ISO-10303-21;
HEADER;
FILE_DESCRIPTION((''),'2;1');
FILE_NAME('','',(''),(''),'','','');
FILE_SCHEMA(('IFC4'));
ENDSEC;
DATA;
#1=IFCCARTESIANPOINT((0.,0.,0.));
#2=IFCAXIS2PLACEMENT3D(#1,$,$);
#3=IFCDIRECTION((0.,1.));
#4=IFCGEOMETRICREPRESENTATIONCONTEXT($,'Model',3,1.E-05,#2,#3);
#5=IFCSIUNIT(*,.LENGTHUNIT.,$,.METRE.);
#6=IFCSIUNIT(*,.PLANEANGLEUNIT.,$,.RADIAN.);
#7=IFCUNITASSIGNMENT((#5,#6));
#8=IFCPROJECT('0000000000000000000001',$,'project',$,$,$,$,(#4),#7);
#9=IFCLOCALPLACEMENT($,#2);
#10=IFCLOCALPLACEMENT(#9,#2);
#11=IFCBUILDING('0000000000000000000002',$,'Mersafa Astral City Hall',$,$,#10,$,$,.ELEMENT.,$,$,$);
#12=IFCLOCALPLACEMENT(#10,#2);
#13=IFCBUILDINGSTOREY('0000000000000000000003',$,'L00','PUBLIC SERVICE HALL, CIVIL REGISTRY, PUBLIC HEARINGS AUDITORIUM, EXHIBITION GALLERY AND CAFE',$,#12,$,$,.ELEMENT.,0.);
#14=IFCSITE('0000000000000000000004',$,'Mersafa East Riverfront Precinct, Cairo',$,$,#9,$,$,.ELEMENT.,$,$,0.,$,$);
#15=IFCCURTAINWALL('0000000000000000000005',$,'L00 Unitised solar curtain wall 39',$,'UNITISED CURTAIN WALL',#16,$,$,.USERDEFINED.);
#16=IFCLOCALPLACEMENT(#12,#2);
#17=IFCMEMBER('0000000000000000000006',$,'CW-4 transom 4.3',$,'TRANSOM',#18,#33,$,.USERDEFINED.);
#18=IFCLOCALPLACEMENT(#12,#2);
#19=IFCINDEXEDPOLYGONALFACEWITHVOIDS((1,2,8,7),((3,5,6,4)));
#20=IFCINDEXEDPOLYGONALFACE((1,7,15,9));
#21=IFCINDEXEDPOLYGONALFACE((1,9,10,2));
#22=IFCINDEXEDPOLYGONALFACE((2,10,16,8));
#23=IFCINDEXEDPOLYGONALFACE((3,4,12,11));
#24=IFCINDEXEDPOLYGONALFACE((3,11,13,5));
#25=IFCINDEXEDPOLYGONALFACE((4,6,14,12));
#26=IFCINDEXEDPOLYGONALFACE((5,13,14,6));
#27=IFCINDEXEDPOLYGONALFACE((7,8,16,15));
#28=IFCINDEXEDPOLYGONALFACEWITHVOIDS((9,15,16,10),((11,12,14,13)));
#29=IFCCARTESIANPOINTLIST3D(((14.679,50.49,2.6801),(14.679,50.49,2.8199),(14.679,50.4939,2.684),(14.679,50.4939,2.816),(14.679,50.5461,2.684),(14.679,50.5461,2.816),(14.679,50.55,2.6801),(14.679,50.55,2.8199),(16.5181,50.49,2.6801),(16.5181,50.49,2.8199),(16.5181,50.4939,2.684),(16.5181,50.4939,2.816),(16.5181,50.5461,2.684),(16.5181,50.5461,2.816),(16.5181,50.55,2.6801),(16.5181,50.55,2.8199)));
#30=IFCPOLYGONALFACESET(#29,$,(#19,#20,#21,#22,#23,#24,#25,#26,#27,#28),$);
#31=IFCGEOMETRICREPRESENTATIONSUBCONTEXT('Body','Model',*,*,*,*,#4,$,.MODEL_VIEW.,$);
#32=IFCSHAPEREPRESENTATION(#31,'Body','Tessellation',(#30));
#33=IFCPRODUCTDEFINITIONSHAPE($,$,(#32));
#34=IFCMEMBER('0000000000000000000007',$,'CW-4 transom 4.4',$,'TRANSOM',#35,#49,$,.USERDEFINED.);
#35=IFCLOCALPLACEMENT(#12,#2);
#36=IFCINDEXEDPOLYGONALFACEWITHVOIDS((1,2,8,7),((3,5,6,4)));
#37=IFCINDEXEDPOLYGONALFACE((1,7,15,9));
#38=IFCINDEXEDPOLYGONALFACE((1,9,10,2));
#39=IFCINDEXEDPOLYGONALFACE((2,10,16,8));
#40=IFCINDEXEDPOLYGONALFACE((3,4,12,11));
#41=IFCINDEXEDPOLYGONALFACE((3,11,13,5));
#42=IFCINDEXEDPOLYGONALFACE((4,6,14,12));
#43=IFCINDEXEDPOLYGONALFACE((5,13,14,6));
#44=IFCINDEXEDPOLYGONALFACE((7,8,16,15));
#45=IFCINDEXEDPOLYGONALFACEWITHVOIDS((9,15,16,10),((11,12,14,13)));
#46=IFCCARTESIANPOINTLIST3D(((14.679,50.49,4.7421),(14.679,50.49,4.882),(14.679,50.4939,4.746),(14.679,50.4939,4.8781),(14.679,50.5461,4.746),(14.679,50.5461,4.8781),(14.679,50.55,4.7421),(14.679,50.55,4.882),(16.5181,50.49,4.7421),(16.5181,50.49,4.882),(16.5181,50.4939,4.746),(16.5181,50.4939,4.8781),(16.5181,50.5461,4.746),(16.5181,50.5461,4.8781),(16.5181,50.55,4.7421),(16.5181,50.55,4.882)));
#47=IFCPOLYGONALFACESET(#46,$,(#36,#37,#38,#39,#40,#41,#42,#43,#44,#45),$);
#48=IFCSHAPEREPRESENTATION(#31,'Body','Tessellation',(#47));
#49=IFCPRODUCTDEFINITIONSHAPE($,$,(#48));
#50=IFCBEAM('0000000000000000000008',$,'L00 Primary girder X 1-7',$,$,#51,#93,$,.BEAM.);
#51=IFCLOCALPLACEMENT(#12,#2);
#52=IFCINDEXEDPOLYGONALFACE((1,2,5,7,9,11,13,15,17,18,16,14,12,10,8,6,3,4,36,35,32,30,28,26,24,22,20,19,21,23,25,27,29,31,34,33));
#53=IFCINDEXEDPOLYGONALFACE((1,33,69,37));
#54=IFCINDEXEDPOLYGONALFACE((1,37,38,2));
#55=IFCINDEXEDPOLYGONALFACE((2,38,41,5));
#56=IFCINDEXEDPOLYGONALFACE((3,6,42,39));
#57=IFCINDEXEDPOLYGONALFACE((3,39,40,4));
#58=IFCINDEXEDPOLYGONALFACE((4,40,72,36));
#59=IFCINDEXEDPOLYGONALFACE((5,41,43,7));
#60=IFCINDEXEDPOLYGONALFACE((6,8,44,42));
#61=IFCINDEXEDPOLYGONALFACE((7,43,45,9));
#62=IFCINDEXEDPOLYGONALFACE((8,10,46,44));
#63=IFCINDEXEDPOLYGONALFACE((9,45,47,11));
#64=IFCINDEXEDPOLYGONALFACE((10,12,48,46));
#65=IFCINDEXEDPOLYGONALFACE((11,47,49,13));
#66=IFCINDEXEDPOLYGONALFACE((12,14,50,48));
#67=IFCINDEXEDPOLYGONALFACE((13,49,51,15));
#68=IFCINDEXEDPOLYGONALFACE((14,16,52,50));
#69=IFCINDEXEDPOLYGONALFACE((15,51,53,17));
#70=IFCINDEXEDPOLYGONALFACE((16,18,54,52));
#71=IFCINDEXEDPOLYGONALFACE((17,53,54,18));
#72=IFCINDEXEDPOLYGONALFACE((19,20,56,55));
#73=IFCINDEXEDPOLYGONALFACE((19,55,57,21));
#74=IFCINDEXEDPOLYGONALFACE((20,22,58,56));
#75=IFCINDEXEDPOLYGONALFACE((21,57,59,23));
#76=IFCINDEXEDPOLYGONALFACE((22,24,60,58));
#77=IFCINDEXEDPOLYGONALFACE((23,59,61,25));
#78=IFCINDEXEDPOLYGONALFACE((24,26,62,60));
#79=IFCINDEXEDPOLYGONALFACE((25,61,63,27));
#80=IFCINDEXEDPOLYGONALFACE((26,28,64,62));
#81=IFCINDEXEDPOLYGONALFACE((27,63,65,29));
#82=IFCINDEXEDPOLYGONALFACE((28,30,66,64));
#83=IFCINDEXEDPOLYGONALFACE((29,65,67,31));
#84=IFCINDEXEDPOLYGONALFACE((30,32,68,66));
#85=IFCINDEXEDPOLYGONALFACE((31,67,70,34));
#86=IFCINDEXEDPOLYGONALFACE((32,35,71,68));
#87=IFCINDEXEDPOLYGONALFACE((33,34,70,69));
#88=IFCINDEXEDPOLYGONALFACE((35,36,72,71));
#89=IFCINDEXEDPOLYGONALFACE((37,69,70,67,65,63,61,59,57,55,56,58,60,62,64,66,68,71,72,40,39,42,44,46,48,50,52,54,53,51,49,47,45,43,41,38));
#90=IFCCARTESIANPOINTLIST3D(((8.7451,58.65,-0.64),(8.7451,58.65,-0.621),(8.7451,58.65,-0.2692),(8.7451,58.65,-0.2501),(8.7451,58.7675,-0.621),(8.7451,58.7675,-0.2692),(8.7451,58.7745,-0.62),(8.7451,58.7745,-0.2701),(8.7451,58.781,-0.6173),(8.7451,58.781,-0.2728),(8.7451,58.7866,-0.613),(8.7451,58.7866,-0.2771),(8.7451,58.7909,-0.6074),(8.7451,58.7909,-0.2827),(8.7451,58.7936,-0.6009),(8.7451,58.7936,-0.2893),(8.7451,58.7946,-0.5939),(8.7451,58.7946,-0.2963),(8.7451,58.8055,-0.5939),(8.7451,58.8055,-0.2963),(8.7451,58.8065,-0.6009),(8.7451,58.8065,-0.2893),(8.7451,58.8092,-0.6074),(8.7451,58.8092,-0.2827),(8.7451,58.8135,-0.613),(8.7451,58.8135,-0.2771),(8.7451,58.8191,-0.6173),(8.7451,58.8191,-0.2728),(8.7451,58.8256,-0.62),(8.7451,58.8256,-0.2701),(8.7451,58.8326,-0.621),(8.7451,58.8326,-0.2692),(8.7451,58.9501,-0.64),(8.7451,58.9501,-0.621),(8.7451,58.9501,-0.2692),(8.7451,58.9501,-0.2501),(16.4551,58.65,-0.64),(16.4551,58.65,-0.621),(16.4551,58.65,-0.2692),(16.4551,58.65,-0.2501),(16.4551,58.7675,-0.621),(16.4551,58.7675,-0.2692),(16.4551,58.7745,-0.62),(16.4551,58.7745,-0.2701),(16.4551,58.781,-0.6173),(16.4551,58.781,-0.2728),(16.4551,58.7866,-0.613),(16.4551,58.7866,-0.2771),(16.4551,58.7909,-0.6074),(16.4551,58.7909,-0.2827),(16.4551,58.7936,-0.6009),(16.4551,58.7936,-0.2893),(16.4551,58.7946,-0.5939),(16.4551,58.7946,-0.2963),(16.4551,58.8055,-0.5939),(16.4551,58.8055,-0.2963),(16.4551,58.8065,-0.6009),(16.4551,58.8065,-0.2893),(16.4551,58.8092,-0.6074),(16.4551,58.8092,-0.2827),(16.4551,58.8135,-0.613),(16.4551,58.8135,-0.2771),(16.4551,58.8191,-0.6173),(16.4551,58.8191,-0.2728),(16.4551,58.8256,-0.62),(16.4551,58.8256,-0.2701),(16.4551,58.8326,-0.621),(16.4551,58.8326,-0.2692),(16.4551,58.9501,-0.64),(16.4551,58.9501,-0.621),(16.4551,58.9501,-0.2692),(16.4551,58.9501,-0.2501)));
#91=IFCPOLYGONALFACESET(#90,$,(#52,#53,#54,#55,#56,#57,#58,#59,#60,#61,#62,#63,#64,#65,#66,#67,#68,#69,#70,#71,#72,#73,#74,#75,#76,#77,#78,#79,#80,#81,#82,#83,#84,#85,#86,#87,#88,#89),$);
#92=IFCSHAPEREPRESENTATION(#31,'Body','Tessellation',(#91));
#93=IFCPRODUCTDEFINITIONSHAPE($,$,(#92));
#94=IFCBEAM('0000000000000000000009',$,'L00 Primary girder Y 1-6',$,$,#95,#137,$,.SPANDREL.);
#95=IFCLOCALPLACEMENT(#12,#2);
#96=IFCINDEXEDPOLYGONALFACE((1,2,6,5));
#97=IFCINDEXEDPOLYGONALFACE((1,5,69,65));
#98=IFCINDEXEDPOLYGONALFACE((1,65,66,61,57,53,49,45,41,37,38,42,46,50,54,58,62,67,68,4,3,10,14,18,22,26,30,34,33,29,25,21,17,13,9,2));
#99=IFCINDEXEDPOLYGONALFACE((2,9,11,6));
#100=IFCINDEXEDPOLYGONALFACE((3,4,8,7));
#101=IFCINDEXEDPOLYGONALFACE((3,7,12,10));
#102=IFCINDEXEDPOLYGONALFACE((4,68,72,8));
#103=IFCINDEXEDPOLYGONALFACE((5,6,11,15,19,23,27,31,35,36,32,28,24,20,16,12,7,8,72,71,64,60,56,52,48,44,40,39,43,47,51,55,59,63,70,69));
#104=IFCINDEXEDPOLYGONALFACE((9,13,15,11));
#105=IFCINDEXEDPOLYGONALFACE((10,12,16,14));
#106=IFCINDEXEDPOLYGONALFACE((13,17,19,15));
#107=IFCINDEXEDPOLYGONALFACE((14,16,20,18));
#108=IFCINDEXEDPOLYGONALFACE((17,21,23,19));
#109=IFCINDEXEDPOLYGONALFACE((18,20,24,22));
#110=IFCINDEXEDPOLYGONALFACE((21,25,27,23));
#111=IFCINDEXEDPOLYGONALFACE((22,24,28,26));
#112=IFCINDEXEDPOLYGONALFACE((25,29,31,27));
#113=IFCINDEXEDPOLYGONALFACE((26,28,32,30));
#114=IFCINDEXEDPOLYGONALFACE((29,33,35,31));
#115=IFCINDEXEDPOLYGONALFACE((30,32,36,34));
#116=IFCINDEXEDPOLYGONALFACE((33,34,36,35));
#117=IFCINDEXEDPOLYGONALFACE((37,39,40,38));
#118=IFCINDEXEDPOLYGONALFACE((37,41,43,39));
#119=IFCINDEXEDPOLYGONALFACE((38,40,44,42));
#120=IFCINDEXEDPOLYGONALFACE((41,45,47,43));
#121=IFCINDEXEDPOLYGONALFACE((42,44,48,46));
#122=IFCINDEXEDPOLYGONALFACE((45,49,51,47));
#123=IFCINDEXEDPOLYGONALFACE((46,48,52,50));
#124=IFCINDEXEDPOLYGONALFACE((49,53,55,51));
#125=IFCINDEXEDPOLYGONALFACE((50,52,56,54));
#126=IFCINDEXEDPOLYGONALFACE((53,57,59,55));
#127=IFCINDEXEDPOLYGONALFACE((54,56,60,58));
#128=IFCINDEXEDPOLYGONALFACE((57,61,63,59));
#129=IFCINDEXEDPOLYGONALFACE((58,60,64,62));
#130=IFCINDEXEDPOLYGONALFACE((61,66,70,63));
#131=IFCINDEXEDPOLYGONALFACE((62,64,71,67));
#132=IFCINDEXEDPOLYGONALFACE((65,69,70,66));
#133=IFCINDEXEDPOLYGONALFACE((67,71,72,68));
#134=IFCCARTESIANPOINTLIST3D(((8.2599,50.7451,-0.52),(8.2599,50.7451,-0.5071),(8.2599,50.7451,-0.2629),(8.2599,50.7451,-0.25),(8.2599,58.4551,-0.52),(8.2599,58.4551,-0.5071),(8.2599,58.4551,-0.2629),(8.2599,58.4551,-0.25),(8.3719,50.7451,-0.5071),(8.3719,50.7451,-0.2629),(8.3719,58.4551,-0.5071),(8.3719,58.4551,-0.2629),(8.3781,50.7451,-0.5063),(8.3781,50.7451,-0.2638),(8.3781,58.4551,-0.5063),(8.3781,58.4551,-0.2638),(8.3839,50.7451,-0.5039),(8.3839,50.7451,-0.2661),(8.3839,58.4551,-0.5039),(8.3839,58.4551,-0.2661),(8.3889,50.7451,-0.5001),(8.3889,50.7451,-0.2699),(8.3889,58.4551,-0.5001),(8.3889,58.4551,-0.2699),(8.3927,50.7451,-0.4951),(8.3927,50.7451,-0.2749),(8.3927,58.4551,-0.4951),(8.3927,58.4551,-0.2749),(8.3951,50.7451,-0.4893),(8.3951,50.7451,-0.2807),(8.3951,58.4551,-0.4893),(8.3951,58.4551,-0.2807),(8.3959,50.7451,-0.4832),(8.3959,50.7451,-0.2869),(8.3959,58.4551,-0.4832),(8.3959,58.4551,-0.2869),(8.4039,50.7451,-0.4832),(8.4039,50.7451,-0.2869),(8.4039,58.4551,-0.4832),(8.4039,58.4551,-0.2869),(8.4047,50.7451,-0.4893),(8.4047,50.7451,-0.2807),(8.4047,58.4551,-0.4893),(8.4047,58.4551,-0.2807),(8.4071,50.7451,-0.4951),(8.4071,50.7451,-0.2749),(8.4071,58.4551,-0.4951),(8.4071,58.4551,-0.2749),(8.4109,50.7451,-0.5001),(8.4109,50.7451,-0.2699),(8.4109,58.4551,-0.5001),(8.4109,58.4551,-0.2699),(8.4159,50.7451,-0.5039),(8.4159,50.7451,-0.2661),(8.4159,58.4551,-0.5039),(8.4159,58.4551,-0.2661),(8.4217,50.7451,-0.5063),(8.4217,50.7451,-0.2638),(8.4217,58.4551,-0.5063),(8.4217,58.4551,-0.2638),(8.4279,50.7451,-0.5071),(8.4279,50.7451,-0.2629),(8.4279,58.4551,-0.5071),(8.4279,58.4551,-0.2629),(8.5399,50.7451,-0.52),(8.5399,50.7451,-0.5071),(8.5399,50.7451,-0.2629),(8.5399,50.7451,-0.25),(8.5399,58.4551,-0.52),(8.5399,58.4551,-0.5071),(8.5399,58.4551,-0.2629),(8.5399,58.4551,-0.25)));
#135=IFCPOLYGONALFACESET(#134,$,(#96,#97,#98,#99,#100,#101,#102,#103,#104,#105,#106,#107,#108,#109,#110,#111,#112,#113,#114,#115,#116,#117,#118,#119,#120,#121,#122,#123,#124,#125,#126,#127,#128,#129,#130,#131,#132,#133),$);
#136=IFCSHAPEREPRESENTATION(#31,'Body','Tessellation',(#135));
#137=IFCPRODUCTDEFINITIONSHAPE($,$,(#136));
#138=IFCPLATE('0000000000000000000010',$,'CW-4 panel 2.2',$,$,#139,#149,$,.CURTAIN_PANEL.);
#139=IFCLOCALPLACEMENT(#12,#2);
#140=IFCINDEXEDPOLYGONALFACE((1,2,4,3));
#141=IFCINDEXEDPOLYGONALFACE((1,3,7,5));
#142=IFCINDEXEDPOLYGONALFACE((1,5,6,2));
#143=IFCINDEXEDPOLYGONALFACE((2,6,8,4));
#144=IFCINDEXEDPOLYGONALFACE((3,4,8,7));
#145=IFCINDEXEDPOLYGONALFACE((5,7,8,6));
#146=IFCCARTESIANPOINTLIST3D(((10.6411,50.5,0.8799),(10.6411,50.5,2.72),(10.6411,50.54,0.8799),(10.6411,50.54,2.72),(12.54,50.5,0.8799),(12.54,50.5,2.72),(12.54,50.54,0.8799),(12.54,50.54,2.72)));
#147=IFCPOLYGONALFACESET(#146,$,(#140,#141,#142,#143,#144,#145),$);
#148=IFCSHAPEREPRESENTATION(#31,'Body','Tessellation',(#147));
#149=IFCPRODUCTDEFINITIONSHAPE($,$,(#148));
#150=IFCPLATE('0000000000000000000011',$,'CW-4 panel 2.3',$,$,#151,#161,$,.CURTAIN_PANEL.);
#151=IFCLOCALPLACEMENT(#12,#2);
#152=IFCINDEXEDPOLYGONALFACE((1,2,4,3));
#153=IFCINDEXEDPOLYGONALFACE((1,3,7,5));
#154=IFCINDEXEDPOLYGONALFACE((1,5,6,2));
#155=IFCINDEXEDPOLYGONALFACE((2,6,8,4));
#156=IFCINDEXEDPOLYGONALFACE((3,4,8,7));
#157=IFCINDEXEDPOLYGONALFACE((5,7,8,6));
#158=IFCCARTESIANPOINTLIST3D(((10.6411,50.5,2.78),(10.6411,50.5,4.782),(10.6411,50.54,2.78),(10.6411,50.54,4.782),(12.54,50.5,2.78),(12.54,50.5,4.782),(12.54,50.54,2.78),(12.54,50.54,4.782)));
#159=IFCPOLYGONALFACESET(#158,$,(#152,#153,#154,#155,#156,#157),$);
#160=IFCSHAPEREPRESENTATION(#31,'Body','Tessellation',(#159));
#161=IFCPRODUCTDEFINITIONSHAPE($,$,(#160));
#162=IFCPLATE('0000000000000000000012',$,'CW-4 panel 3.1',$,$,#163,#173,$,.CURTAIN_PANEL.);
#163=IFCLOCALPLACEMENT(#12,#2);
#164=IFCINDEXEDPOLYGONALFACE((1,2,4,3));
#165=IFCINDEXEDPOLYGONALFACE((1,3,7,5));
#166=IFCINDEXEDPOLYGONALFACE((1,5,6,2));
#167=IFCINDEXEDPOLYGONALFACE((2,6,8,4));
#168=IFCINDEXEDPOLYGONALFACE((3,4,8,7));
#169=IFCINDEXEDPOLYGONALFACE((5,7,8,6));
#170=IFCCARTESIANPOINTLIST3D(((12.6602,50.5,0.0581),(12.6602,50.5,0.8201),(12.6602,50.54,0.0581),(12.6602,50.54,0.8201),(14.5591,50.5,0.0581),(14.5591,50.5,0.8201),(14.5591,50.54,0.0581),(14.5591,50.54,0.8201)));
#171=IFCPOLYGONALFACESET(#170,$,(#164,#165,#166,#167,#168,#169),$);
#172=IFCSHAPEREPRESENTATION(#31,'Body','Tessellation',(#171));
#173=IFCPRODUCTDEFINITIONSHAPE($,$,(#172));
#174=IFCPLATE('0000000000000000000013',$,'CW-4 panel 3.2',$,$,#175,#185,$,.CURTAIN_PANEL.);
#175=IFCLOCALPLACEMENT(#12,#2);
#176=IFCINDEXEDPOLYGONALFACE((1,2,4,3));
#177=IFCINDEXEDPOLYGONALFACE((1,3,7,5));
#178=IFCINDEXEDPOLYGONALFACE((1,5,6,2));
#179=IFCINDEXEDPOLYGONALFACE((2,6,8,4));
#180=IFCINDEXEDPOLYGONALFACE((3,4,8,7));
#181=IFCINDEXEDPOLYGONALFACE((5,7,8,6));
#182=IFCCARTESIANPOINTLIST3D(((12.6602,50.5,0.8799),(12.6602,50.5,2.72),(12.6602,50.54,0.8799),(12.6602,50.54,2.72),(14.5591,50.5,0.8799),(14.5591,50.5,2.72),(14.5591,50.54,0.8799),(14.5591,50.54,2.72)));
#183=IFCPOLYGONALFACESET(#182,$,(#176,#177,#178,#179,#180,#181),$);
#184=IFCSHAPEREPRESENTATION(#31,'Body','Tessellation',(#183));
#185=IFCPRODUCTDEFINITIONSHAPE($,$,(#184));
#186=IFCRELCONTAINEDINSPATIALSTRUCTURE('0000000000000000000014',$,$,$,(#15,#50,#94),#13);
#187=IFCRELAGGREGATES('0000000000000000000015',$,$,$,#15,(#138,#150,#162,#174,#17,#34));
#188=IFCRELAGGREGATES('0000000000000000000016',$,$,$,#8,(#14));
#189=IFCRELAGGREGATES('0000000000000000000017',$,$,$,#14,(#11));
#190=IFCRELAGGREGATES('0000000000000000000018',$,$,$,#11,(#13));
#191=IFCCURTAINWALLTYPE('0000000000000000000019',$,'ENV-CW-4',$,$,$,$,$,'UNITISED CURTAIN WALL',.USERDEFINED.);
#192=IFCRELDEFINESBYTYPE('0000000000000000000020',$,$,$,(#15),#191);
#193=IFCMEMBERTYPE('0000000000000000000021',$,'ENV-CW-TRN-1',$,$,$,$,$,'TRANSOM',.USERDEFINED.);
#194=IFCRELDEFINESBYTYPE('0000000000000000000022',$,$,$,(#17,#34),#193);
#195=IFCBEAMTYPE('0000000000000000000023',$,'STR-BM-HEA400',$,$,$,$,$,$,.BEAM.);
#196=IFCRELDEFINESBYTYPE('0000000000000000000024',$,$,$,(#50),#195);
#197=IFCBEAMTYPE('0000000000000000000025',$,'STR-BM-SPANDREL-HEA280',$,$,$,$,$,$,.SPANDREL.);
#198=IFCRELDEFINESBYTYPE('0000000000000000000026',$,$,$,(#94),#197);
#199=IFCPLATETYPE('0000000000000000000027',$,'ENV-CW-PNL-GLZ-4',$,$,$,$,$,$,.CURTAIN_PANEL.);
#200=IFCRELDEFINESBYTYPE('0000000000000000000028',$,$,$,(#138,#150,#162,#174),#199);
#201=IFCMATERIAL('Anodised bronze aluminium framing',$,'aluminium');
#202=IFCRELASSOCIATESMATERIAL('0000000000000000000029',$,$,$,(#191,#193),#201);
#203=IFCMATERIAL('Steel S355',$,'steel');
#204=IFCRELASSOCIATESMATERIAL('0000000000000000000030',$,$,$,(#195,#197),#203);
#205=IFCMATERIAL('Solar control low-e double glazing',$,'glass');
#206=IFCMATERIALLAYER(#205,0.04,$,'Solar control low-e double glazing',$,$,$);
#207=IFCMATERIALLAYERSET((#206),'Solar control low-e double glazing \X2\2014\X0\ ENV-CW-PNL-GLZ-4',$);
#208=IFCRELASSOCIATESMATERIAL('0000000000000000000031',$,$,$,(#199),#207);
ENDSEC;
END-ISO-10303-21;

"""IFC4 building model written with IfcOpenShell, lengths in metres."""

from ifc_helpers import new_model, si_unit, direction, frame, origin, origin_2d, place, context, subcontext, project, spatial, rectangle, hollow_rectangle, i_section, extrude, material, layer, layer_set, material_profile, profile_set, type_object, element, aggregate, save


model = new_model("IFC4")

# Units and contexts
model_context = context("Model", 3, precision=1e-05, world=origin(), true_north=direction((0.0, 1.0)))
body_context = subcontext(model_context, "Body", "Model", "MODEL_VIEW")
ifc_project = project(units=[si_unit("LENGTHUNIT", "METRE"), si_unit("PLANEANGLEUNIT", "RADIAN")], contexts=[model_context])

# Site, building, storey
site_placement = place(None, origin())
site = spatial("IfcSite", under=ifc_project, at=site_placement, Name="Mersafa East Riverfront Precinct, Cairo", CompositionType="ELEMENT", RefElevation=0.0)
building_placement = place(site_placement, origin())
building = spatial("IfcBuilding", under=site, at=building_placement, Name="Mersafa Astral City Hall", CompositionType="ELEMENT")
storey_placement = place(building_placement, origin())
storey = spatial("IfcBuildingStorey", under=building, at=storey_placement, Name="L00", Description="PUBLIC SERVICE HALL, CIVIL REGISTRY, PUBLIC HEARINGS AUDITORIUM, EXHIBITION GALLERY AND CAFE", CompositionType="ELEMENT", Elevation=0.0)

# Shared definitions
ifc_material_1 = material(Name="Steel S355", Category="steel")

# Curtain wall, members
ifc_material_2 = material(Name="Anodised bronze aluminium framing", Category="aluminium")
curtain_wall_type = type_object("IfcCurtainWallType", Name="ENV-CW-4", ElementType="UNITISED CURTAIN WALL", PredefinedType="USERDEFINED", material=ifc_material_2)
curtain_wall_placement = place(storey_placement, origin())
curtain_wall = element("IfcCurtainWall", 1, at=curtain_wall_placement, inside=storey, type_object=curtain_wall_type, Name="L00 Unitised solar curtain wall 39", ObjectType="UNITISED CURTAIN WALL", PredefinedType="USERDEFINED")
ifc_material_profile_1 = material_profile(ifc_material_2, hollow_rectangle(XDim=0.0601, YDim=0.1399, WallThickness=0.0039, at=origin_2d()), Name="RHS 60x140x4")
ifc_profile_set_1 = profile_set([ifc_material_profile_1], Name="Anodised bronze aluminium framing")
member_type_1 = type_object("IfcMemberType", Name="ENV-CW-TRN-1", ElementType="TRANSOM", PredefinedType="USERDEFINED", material=ifc_profile_set_1)
member_1_placement = place(storey_placement, frame((14.679, 50.52, 2.75), z_axis=(1.0, 0.0, 0.0), x_axis=(0.0, 1.0, 0.0)))
member_1 = element("IfcMember", 2, at=member_1_placement, type_object=member_type_1, Name="CW-4 transom 4.3", ObjectType="TRANSOM", PredefinedType="USERDEFINED", context=body_context, shape_type="SweptSolid", body=[
    extrude(hollow_rectangle(XDim=0.0601, YDim=0.1399, WallThickness=0.0039, at=origin_2d()), origin(), (0.0, 0.0, 1.0), 1.8391),
])
member_2_placement = place(storey_placement, frame((14.679, 50.52, 4.812), z_axis=(1.0, 0.0, 0.0), x_axis=(0.0, 1.0, 0.0)))
member_2 = element("IfcMember", 3, at=member_2_placement, type_object=member_type_1, Name="CW-4 transom 4.4", ObjectType="TRANSOM", PredefinedType="USERDEFINED", context=body_context, shape_type="SweptSolid", body=[
    extrude(hollow_rectangle(XDim=0.0601, YDim=0.1399, WallThickness=0.0039, at=origin_2d()), origin(), (0.0, 0.0, 1.0), 1.8391),
])

# Beams
ifc_material_profile_2 = material_profile(ifc_material_1, i_section(OverallWidth=0.3, OverallDepth=0.3899, WebThickness=0.011, FlangeThickness=0.019, FilletRadius=0.0271, at=origin_2d()), Name="HEA 400")
ifc_profile_set_2 = profile_set([ifc_material_profile_2], Name="Steel S355")
beam_type_1 = type_object("IfcBeamType", Name="STR-BM-HEA400", PredefinedType="BEAM", material=ifc_profile_set_2)
beam_1_placement = place(storey_placement, frame((8.7451, 58.8, -0.4451), z_axis=(1.0, 0.0, 0.0), x_axis=(0.0, 1.0, 0.0)))
element("IfcBeam", 4, at=beam_1_placement, inside=storey, type_object=beam_type_1, Name="L00 Primary girder X 1-7", PredefinedType="BEAM", context=body_context, shape_type="SweptSolid", body=[
    extrude(i_section(OverallWidth=0.3, OverallDepth=0.3899, WebThickness=0.011, FlangeThickness=0.019, FilletRadius=0.0271, at=origin_2d()), origin(), (0.0, 0.0, 1.0), 7.71),
])
ifc_material_profile_3 = material_profile(ifc_material_1, i_section(OverallWidth=0.28, OverallDepth=0.27, WebThickness=0.0081, FlangeThickness=0.0129, FilletRadius=0.0239, at=origin_2d()), Name="HEA 280")
ifc_profile_set_3 = profile_set([ifc_material_profile_3], Name="Steel S355")
beam_type_2 = type_object("IfcBeamType", Name="STR-BM-SPANDREL-HEA280", PredefinedType="SPANDREL", material=ifc_profile_set_3)
beam_2_placement = place(storey_placement, frame((8.3999, 50.7451, -0.385), z_axis=(0.0, 1.0, 0.0), x_axis=(-1.0, 0.0, 0.0)))
element("IfcBeam", 5, at=beam_2_placement, inside=storey, type_object=beam_type_2, Name="L00 Primary girder Y 1-6", PredefinedType="SPANDREL", context=body_context, shape_type="SweptSolid", body=[
    extrude(i_section(OverallWidth=0.28, OverallDepth=0.27, WebThickness=0.0081, FlangeThickness=0.0129, FilletRadius=0.0239, at=origin_2d()), origin(), (0.0, 0.0, 1.0), 7.71),
])

# Plates
ifc_material_3 = material(Name="Solar control low-e double glazing", Category="glass")
ifc_layer_1 = layer(ifc_material_3, 0.04, Name="Solar control low-e double glazing")
ifc_layer_set_1 = layer_set([ifc_layer_1], Name="Solar control low-e double glazing — ENV-CW-PNL-GLZ-4")
plate_type = type_object("IfcPlateType", Name="ENV-CW-PNL-GLZ-4", PredefinedType="CURTAIN_PANEL", material=ifc_layer_set_1)
plate_1_placement = place(storey_placement, frame((11.5906, 50.52, 0.8799), z_axis=(0.0, 0.0, 1.0), x_axis=(1.0, 0.0, 0.0)))
plate_1 = element("IfcPlate", 6, at=plate_1_placement, type_object=plate_type, Name="CW-4 panel 2.2", PredefinedType="CURTAIN_PANEL", context=body_context, shape_type="SweptSolid", body=[
    extrude(rectangle(XDim=1.8989, YDim=0.04, at=origin_2d()), origin(), (0.0, 0.0, 1.0), 1.8401),
])
plate_2_placement = place(storey_placement, frame((11.5906, 50.52, 2.78), z_axis=(0.0, 0.0, 1.0), x_axis=(1.0, 0.0, 0.0)))
plate_2 = element("IfcPlate", 7, at=plate_2_placement, type_object=plate_type, Name="CW-4 panel 2.3", PredefinedType="CURTAIN_PANEL", context=body_context, shape_type="SweptSolid", body=[
    extrude(rectangle(XDim=1.8989, YDim=0.04, at=origin_2d()), origin(), (0.0, 0.0, 1.0), 2.002),
])
plate_3_placement = place(storey_placement, frame((13.6096, 50.52, 0.0581), z_axis=(0.0, 0.0, 1.0), x_axis=(1.0, 0.0, 0.0)))
plate_3 = element("IfcPlate", 8, at=plate_3_placement, type_object=plate_type, Name="CW-4 panel 3.1", PredefinedType="CURTAIN_PANEL", context=body_context, shape_type="SweptSolid", body=[
    extrude(rectangle(XDim=1.8989, YDim=0.04, at=origin_2d()), origin(), (0.0, 0.0, 1.0), 0.762),
])
plate_4_placement = place(storey_placement, frame((13.6096, 50.52, 0.8799), z_axis=(0.0, 0.0, 1.0), x_axis=(1.0, 0.0, 0.0)))
plate_4 = element("IfcPlate", 9, at=plate_4_placement, type_object=plate_type, Name="CW-4 panel 3.2", PredefinedType="CURTAIN_PANEL", context=body_context, shape_type="SweptSolid", body=[
    extrude(rectangle(XDim=1.8989, YDim=0.04, at=origin_2d()), origin(), (0.0, 0.0, 1.0), 1.8401),
])
aggregate(curtain_wall, [plate_1, plate_2, plate_3, plate_4, member_1, member_2])

save(model, "model.ifc")
